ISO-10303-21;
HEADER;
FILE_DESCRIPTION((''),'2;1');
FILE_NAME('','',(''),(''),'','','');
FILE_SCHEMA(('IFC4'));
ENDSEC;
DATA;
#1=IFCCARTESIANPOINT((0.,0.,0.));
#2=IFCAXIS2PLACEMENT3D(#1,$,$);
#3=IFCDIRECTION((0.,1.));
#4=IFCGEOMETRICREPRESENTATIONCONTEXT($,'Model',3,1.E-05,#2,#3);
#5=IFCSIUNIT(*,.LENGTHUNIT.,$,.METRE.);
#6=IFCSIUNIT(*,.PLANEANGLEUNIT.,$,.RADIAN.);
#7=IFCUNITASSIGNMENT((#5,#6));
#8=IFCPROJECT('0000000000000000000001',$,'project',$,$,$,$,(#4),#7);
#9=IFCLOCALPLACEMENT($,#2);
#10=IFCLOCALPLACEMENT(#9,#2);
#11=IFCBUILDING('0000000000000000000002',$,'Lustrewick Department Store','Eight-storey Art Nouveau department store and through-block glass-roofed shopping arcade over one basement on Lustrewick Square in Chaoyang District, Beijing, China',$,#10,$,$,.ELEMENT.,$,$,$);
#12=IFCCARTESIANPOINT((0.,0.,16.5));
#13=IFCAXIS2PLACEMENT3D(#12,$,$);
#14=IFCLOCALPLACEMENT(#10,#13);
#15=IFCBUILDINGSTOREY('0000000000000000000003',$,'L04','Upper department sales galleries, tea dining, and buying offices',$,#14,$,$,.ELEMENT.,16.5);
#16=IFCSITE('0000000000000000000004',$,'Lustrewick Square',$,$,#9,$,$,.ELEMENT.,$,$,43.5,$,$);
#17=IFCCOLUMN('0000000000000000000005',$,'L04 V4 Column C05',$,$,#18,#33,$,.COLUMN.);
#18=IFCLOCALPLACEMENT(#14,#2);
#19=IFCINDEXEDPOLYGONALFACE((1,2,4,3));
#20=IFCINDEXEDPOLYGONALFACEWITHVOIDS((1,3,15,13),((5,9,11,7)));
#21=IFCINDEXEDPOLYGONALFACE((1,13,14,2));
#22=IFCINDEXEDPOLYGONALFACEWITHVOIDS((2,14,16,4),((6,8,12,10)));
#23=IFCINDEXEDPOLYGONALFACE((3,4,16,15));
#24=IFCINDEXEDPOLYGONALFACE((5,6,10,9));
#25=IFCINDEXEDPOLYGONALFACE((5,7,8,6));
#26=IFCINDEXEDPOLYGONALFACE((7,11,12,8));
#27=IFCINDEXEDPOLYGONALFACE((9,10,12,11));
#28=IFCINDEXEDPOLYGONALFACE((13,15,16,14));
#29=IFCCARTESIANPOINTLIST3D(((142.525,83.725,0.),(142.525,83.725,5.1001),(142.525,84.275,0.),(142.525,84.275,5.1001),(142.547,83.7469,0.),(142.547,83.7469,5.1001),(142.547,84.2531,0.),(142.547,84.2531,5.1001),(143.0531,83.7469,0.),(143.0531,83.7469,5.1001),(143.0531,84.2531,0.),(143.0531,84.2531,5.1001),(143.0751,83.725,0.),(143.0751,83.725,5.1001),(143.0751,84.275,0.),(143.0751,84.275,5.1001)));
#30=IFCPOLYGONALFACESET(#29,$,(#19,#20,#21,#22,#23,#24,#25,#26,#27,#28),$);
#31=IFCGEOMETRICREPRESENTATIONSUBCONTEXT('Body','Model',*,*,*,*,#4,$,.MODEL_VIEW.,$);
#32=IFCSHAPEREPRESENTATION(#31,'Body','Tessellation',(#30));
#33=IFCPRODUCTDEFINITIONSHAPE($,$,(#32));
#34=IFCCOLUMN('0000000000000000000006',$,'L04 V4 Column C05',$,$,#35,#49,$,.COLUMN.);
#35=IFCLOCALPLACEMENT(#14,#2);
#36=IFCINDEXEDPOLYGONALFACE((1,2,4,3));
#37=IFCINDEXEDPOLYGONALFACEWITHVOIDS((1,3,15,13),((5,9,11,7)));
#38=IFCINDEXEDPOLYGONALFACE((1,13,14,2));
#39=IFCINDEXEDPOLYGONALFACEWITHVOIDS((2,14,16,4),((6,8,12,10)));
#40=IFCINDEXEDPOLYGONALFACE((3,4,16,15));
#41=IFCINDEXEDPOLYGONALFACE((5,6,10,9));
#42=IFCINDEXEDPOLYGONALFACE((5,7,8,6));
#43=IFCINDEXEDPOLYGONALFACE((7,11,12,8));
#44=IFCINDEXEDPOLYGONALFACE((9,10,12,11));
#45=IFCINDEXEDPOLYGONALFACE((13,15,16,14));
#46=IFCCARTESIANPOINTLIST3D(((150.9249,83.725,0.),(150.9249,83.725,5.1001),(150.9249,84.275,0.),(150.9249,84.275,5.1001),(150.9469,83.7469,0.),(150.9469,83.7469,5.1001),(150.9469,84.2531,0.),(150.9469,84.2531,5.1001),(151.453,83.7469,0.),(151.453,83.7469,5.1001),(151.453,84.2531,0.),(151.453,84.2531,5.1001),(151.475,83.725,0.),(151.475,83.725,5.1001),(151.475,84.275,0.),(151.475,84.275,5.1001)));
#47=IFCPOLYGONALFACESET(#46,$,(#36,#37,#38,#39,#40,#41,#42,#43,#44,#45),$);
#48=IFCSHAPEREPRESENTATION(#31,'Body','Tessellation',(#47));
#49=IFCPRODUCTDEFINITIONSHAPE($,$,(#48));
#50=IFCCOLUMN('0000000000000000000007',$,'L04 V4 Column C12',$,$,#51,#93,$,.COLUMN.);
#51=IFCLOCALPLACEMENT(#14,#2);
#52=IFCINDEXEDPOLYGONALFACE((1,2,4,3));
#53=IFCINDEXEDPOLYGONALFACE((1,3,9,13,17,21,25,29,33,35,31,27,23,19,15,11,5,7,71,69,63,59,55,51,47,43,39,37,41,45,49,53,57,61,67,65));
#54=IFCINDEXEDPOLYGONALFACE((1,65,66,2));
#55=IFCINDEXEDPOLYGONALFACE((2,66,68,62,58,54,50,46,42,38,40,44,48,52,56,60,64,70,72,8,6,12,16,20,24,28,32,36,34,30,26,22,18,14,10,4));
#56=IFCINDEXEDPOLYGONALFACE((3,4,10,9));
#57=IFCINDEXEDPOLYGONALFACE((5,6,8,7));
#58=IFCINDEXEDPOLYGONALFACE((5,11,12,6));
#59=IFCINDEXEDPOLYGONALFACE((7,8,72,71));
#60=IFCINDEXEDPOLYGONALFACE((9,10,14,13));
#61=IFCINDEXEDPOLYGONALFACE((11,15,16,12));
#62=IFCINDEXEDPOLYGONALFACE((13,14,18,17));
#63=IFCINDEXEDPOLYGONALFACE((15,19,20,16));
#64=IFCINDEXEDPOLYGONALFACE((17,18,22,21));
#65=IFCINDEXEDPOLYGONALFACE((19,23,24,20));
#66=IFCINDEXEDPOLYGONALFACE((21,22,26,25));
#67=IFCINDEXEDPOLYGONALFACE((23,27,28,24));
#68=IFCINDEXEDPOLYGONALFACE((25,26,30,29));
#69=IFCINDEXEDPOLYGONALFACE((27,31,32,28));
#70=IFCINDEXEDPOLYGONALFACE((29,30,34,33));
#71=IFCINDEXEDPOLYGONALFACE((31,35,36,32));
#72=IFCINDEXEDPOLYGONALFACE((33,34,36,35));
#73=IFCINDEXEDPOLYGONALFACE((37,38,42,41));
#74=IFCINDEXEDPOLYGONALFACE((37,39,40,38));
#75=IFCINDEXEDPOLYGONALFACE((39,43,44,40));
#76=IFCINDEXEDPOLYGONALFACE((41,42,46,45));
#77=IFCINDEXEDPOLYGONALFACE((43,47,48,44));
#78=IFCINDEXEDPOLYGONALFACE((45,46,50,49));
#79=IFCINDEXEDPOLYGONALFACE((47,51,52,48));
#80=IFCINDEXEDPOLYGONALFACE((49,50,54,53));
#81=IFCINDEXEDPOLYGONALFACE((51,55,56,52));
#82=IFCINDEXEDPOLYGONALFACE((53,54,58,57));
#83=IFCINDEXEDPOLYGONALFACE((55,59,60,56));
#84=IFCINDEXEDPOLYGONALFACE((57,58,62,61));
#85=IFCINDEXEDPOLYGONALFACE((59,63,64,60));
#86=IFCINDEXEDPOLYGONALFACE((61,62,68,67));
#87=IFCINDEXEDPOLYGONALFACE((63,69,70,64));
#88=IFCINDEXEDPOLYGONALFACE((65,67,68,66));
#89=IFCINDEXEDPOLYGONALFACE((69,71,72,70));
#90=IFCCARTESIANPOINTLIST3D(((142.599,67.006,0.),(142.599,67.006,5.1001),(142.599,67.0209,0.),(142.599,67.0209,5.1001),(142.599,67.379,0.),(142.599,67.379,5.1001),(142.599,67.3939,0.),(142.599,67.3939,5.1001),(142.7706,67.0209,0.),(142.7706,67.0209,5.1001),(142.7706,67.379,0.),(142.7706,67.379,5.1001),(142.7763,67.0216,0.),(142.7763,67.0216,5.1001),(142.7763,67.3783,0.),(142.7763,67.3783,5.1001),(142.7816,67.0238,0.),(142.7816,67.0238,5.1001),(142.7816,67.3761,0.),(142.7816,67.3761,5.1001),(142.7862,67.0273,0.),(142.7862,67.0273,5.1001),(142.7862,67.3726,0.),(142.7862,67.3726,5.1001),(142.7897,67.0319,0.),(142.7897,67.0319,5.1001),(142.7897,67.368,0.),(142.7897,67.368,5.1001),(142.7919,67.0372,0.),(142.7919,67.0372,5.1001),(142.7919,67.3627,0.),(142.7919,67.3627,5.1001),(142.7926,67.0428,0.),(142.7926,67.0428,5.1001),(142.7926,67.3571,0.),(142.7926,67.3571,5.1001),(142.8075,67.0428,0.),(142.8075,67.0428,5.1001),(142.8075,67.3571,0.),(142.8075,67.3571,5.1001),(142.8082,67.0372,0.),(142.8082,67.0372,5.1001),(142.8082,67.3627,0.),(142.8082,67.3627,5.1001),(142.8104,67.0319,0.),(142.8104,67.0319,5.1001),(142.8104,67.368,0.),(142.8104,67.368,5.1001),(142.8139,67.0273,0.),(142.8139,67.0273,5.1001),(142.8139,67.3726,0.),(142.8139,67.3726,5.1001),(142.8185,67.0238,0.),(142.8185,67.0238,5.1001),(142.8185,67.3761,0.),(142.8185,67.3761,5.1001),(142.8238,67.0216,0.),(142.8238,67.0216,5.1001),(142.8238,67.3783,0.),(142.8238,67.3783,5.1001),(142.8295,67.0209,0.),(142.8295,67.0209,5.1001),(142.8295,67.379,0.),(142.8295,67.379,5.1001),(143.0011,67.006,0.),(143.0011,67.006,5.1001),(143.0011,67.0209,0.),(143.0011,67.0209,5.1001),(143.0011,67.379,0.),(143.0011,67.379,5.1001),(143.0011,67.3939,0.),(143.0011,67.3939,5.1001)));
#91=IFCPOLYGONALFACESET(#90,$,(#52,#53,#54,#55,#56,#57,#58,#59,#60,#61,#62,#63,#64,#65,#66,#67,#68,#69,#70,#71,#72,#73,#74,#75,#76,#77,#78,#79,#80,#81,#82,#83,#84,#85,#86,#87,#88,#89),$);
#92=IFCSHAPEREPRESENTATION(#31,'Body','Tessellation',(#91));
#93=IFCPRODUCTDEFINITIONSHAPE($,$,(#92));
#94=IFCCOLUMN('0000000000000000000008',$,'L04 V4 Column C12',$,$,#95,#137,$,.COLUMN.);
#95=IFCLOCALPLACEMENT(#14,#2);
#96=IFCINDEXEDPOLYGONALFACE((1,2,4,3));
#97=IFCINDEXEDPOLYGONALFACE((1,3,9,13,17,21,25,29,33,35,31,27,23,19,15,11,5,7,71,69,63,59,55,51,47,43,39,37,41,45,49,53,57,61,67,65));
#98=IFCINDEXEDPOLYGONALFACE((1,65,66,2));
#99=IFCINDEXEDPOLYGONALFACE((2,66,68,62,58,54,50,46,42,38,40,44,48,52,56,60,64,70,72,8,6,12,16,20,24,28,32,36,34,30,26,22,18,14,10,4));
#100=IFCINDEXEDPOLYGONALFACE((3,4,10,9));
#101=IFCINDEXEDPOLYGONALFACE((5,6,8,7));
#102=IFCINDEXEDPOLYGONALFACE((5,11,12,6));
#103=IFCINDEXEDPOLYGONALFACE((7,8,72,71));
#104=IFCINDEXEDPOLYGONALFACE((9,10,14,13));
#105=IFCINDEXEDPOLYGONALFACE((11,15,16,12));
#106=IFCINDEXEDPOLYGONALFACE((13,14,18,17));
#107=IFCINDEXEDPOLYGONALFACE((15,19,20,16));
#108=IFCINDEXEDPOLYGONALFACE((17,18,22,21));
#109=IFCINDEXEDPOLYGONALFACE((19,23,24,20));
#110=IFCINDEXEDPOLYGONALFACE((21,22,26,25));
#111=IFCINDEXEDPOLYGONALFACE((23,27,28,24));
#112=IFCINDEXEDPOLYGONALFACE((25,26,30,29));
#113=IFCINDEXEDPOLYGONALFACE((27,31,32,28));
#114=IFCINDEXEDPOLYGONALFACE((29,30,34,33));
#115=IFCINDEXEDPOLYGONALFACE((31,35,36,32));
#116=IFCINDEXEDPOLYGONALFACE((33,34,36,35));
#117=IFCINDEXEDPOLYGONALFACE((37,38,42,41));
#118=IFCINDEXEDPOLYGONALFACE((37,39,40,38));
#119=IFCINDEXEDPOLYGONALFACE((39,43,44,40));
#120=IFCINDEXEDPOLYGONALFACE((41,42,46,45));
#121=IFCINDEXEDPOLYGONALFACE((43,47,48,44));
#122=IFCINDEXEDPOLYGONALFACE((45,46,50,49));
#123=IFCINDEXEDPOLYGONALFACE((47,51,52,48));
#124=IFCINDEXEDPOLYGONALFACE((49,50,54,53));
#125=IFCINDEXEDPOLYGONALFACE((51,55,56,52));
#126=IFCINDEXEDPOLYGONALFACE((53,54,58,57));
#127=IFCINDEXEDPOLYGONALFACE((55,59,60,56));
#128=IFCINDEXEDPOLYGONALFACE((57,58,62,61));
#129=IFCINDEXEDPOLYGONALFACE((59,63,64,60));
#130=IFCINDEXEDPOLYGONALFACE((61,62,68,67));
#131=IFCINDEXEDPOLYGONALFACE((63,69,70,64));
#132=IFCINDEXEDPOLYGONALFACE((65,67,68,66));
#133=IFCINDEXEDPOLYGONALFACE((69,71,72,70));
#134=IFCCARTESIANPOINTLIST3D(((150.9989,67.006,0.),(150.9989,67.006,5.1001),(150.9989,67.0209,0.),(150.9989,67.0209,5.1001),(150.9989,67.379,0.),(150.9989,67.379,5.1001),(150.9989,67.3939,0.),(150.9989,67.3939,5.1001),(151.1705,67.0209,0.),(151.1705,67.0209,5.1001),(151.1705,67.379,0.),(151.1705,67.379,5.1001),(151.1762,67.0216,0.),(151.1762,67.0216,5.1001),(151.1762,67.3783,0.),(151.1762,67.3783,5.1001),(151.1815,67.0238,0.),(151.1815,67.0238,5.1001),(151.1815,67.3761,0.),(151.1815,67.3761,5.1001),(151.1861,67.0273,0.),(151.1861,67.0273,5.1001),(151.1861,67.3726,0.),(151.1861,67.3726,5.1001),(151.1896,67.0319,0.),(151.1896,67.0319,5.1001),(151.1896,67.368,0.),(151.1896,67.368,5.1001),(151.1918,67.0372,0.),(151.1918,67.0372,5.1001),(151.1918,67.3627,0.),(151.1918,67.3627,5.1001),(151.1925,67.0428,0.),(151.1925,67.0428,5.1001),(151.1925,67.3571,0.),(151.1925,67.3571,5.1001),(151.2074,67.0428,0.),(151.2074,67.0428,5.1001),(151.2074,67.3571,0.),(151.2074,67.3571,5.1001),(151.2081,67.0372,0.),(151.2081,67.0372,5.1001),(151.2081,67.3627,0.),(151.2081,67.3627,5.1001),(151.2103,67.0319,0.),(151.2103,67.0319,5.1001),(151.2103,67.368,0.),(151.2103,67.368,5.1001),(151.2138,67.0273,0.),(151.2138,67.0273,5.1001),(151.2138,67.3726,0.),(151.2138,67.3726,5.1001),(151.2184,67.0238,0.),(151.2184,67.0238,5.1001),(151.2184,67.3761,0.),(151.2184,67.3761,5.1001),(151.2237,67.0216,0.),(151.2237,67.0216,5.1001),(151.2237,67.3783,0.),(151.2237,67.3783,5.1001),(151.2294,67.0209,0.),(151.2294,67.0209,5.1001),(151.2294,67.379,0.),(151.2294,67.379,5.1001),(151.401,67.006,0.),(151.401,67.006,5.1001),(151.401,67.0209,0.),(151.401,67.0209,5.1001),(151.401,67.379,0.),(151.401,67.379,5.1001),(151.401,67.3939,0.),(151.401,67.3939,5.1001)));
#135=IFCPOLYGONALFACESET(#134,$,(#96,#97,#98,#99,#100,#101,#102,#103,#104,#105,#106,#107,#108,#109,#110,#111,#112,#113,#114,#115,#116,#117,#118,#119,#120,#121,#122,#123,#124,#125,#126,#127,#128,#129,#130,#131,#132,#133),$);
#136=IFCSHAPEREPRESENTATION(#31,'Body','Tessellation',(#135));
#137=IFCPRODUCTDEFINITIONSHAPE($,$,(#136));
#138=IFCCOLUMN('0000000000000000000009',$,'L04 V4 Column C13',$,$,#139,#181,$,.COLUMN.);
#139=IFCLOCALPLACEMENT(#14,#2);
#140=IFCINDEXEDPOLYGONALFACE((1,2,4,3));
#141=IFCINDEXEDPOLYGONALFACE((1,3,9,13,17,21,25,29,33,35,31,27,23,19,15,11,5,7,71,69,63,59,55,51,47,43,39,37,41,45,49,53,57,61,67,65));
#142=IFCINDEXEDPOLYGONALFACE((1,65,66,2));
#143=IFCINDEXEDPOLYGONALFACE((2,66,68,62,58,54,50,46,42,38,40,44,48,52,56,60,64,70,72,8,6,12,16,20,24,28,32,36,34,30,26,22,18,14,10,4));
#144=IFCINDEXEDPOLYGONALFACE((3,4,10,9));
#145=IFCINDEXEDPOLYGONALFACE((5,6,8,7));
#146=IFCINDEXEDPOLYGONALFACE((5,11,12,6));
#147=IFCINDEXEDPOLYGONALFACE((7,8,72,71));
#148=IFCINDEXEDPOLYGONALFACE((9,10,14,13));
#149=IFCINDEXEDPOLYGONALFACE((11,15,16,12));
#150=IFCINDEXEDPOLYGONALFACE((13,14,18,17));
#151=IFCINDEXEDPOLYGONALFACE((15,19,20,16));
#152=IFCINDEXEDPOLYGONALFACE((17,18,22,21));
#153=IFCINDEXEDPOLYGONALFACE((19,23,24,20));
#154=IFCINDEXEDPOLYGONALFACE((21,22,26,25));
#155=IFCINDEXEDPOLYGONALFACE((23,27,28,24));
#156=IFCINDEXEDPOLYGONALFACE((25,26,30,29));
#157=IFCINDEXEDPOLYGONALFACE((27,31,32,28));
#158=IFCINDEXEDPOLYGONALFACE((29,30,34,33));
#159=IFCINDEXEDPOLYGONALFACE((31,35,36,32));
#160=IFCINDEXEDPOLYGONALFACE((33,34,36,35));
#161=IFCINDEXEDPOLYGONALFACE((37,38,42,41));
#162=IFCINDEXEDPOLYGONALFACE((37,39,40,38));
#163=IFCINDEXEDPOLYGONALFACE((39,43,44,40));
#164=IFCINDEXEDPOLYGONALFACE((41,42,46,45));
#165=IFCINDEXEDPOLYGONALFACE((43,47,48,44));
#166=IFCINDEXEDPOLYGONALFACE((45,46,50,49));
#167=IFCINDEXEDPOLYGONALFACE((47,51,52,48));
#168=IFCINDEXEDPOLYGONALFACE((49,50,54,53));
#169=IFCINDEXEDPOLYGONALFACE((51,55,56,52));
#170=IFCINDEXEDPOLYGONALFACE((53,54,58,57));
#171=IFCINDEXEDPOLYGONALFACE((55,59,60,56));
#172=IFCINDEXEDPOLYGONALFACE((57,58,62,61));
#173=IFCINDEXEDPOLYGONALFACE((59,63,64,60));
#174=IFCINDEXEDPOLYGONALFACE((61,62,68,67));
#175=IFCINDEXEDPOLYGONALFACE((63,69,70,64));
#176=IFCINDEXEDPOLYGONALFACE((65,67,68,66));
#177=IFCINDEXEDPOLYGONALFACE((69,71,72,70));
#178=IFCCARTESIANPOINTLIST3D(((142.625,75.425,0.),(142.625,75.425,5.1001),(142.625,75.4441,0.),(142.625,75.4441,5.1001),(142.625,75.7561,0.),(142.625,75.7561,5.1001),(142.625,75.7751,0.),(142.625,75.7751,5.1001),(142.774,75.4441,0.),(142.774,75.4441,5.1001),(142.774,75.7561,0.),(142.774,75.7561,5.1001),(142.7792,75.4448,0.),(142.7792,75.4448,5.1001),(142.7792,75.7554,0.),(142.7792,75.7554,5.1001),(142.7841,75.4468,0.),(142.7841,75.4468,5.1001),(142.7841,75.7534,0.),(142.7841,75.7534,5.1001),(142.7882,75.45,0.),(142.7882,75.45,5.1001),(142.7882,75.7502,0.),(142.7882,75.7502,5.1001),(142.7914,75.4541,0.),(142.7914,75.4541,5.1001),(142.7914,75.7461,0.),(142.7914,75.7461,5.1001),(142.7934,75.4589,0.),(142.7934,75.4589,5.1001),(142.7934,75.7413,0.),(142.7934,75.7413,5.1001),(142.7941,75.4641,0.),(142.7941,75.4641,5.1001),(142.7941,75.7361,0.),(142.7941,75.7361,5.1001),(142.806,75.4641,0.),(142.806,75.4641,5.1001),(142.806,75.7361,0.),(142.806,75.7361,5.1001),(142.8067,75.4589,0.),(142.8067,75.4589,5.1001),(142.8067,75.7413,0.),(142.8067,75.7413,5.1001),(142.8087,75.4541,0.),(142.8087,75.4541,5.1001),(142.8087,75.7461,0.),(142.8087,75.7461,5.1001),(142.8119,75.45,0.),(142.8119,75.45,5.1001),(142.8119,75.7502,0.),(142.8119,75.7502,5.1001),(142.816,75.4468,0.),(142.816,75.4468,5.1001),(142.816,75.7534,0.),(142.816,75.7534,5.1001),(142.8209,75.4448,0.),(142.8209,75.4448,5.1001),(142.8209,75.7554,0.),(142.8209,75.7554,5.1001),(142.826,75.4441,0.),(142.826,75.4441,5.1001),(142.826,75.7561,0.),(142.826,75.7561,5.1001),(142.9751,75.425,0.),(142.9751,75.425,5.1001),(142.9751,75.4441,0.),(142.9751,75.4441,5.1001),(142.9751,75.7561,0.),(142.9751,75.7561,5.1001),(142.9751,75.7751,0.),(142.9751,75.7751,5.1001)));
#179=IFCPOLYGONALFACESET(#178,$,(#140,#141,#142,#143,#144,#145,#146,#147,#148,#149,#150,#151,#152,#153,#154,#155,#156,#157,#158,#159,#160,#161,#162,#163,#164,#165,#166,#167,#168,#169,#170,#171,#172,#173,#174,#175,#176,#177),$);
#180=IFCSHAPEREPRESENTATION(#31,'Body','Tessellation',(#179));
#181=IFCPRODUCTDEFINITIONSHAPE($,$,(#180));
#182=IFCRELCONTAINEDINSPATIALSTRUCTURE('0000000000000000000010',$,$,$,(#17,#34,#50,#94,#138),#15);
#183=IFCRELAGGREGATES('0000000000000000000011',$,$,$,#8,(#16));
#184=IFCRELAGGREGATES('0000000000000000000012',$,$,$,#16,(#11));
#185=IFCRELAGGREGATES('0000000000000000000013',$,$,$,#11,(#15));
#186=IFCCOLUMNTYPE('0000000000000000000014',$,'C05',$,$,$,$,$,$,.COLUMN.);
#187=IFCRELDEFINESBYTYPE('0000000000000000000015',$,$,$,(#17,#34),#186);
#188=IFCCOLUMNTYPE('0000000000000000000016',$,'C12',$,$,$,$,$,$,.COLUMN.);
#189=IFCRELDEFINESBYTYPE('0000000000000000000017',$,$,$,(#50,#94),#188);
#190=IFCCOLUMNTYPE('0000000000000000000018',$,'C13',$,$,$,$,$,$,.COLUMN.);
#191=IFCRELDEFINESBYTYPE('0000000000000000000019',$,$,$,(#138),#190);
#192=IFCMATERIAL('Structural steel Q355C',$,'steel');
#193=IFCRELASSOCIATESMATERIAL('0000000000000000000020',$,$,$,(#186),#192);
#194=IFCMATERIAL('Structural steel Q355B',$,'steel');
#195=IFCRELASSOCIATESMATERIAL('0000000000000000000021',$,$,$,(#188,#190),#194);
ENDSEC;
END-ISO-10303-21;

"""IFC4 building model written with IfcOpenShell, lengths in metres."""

from ifc_helpers import new_model, si_unit, direction, frame, origin, origin_2d, place, context, subcontext, project, spatial, hollow_rectangle, i_section, extrude, material, material_profile, profile_set, type_object, element, save


model = new_model("IFC4")

# Units and contexts
model_context = context("Model", 3, precision=1e-05, world=origin(), true_north=direction((0.0, 1.0)))
body_context = subcontext(model_context, "Body", "Model", "MODEL_VIEW")
ifc_project = project(units=[si_unit("LENGTHUNIT", "METRE"), si_unit("PLANEANGLEUNIT", "RADIAN")], contexts=[model_context])

# Site, building, storey
site_placement = place(None, origin())
site = spatial("IfcSite", under=ifc_project, at=site_placement, Name="Lustrewick Square", CompositionType="ELEMENT", RefElevation=43.5)
building_placement = place(site_placement, origin())
building = spatial("IfcBuilding", under=site, at=building_placement, Name="Lustrewick Department Store", Description="Eight-storey Art Nouveau department store and through-block glass-roofed shopping arcade over one basement on Lustrewick Square in Chaoyang District, Beijing, China", CompositionType="ELEMENT")
storey_placement = place(building_placement, frame((0.0, 0.0, 16.5)))
storey = spatial("IfcBuildingStorey", under=building, at=storey_placement, Name="L04", Description="Upper department sales galleries, tea dining, and buying offices", CompositionType="ELEMENT", Elevation=16.5)

# Columns
ifc_material_1 = material(Name="Structural steel Q355C", Category="steel")
ifc_material_profile_1 = material_profile(ifc_material_1, hollow_rectangle(XDim=0.55, YDim=0.55, WallThickness=0.022, at=origin_2d()), Name="BOX 550x550x22")
ifc_profile_set_1 = profile_set([ifc_material_profile_1], Name="Structural steel Q355C")
column_type_1 = type_object("IfcColumnType", Name="C05", PredefinedType="COLUMN", material=ifc_profile_set_1)
for number, where, z_axis, x_axis, name in (
    (1, (142.8, 84.0, 0.0), (0.0, 0.0, 1.0), (1.0, 0.0, 0.0), "L04 V4 Column C05"),
    (2, (151.2, 84.0, 0.0), (0.0, 0.0, 1.0), (1.0, 0.0, 0.0), "L04 V4 Column C05"),
):
    element("IfcColumn", number, at=place(storey_placement, frame(where, z_axis=z_axis, x_axis=x_axis)), inside=storey, type_object=column_type_1, Name=name, PredefinedType="COLUMN", context=body_context, shape_type="SweptSolid", body=[
        extrude(hollow_rectangle(XDim=0.55, YDim=0.55, WallThickness=0.022, at=origin_2d()), origin(), (0.0, 0.0, 1.0), 5.1001),
    ])
ifc_material_2 = material(Name="Structural steel Q355B", Category="steel")
ifc_material_profile_2 = material_profile(ifc_material_2, i_section(OverallWidth=0.4021, OverallDepth=0.3879, WebThickness=0.0149, FlangeThickness=0.0149, FilletRadius=0.022, at=origin_2d()), Name="HW 388x402x15x15")
ifc_profile_set_2 = profile_set([ifc_material_profile_2], Name="Structural steel Q355B")
column_type_2 = type_object("IfcColumnType", Name="C12", PredefinedType="COLUMN", material=ifc_profile_set_2)
for number, where, z_axis, x_axis, name in (
    (3, (142.8, 67.2, 0.0), (0.0, 0.0, 1.0), (1.0, 0.0, 0.0), "L04 V4 Column C12"),
    (4, (151.2, 67.2, 0.0), (0.0, 0.0, 1.0), (1.0, 0.0, 0.0), "L04 V4 Column C12"),
):
    element("IfcColumn", number, at=place(storey_placement, frame(where, z_axis=z_axis, x_axis=x_axis)), inside=storey, type_object=column_type_2, Name=name, PredefinedType="COLUMN", context=body_context, shape_type="SweptSolid", body=[
        extrude(i_section(OverallWidth=0.4021, OverallDepth=0.3879, WebThickness=0.0149, FlangeThickness=0.0149, FilletRadius=0.022, at=origin_2d()), origin(), (0.0, 0.0, 1.0), 5.1001),
    ])
ifc_material_profile_3 = material_profile(ifc_material_2, i_section(OverallWidth=0.3501, OverallDepth=0.3501, WebThickness=0.012, FlangeThickness=0.019, FilletRadius=0.02, at=origin_2d()), Name="HW 350x350x12x19")
ifc_profile_set_3 = profile_set([ifc_material_profile_3], Name="Structural steel Q355B")
column_type_3 = type_object("IfcColumnType", Name="C13", PredefinedType="COLUMN", material=ifc_profile_set_3)
for number, where, z_axis, x_axis, name in (
    (5, (142.8, 75.6001, 0.0), (0.0, 0.0, 1.0), (1.0, 0.0, 0.0), "L04 V4 Column C13"),
):
    element("IfcColumn", number, at=place(storey_placement, frame(where, z_axis=z_axis, x_axis=x_axis)), inside=storey, type_object=column_type_3, Name=name, PredefinedType="COLUMN", context=body_context, shape_type="SweptSolid", body=[
        extrude(i_section(OverallWidth=0.3501, OverallDepth=0.3501, WebThickness=0.012, FlangeThickness=0.019, FilletRadius=0.02, at=origin_2d()), origin(), (0.0, 0.0, 1.0), 5.1001),
    ])

save(model, "model.ifc")
